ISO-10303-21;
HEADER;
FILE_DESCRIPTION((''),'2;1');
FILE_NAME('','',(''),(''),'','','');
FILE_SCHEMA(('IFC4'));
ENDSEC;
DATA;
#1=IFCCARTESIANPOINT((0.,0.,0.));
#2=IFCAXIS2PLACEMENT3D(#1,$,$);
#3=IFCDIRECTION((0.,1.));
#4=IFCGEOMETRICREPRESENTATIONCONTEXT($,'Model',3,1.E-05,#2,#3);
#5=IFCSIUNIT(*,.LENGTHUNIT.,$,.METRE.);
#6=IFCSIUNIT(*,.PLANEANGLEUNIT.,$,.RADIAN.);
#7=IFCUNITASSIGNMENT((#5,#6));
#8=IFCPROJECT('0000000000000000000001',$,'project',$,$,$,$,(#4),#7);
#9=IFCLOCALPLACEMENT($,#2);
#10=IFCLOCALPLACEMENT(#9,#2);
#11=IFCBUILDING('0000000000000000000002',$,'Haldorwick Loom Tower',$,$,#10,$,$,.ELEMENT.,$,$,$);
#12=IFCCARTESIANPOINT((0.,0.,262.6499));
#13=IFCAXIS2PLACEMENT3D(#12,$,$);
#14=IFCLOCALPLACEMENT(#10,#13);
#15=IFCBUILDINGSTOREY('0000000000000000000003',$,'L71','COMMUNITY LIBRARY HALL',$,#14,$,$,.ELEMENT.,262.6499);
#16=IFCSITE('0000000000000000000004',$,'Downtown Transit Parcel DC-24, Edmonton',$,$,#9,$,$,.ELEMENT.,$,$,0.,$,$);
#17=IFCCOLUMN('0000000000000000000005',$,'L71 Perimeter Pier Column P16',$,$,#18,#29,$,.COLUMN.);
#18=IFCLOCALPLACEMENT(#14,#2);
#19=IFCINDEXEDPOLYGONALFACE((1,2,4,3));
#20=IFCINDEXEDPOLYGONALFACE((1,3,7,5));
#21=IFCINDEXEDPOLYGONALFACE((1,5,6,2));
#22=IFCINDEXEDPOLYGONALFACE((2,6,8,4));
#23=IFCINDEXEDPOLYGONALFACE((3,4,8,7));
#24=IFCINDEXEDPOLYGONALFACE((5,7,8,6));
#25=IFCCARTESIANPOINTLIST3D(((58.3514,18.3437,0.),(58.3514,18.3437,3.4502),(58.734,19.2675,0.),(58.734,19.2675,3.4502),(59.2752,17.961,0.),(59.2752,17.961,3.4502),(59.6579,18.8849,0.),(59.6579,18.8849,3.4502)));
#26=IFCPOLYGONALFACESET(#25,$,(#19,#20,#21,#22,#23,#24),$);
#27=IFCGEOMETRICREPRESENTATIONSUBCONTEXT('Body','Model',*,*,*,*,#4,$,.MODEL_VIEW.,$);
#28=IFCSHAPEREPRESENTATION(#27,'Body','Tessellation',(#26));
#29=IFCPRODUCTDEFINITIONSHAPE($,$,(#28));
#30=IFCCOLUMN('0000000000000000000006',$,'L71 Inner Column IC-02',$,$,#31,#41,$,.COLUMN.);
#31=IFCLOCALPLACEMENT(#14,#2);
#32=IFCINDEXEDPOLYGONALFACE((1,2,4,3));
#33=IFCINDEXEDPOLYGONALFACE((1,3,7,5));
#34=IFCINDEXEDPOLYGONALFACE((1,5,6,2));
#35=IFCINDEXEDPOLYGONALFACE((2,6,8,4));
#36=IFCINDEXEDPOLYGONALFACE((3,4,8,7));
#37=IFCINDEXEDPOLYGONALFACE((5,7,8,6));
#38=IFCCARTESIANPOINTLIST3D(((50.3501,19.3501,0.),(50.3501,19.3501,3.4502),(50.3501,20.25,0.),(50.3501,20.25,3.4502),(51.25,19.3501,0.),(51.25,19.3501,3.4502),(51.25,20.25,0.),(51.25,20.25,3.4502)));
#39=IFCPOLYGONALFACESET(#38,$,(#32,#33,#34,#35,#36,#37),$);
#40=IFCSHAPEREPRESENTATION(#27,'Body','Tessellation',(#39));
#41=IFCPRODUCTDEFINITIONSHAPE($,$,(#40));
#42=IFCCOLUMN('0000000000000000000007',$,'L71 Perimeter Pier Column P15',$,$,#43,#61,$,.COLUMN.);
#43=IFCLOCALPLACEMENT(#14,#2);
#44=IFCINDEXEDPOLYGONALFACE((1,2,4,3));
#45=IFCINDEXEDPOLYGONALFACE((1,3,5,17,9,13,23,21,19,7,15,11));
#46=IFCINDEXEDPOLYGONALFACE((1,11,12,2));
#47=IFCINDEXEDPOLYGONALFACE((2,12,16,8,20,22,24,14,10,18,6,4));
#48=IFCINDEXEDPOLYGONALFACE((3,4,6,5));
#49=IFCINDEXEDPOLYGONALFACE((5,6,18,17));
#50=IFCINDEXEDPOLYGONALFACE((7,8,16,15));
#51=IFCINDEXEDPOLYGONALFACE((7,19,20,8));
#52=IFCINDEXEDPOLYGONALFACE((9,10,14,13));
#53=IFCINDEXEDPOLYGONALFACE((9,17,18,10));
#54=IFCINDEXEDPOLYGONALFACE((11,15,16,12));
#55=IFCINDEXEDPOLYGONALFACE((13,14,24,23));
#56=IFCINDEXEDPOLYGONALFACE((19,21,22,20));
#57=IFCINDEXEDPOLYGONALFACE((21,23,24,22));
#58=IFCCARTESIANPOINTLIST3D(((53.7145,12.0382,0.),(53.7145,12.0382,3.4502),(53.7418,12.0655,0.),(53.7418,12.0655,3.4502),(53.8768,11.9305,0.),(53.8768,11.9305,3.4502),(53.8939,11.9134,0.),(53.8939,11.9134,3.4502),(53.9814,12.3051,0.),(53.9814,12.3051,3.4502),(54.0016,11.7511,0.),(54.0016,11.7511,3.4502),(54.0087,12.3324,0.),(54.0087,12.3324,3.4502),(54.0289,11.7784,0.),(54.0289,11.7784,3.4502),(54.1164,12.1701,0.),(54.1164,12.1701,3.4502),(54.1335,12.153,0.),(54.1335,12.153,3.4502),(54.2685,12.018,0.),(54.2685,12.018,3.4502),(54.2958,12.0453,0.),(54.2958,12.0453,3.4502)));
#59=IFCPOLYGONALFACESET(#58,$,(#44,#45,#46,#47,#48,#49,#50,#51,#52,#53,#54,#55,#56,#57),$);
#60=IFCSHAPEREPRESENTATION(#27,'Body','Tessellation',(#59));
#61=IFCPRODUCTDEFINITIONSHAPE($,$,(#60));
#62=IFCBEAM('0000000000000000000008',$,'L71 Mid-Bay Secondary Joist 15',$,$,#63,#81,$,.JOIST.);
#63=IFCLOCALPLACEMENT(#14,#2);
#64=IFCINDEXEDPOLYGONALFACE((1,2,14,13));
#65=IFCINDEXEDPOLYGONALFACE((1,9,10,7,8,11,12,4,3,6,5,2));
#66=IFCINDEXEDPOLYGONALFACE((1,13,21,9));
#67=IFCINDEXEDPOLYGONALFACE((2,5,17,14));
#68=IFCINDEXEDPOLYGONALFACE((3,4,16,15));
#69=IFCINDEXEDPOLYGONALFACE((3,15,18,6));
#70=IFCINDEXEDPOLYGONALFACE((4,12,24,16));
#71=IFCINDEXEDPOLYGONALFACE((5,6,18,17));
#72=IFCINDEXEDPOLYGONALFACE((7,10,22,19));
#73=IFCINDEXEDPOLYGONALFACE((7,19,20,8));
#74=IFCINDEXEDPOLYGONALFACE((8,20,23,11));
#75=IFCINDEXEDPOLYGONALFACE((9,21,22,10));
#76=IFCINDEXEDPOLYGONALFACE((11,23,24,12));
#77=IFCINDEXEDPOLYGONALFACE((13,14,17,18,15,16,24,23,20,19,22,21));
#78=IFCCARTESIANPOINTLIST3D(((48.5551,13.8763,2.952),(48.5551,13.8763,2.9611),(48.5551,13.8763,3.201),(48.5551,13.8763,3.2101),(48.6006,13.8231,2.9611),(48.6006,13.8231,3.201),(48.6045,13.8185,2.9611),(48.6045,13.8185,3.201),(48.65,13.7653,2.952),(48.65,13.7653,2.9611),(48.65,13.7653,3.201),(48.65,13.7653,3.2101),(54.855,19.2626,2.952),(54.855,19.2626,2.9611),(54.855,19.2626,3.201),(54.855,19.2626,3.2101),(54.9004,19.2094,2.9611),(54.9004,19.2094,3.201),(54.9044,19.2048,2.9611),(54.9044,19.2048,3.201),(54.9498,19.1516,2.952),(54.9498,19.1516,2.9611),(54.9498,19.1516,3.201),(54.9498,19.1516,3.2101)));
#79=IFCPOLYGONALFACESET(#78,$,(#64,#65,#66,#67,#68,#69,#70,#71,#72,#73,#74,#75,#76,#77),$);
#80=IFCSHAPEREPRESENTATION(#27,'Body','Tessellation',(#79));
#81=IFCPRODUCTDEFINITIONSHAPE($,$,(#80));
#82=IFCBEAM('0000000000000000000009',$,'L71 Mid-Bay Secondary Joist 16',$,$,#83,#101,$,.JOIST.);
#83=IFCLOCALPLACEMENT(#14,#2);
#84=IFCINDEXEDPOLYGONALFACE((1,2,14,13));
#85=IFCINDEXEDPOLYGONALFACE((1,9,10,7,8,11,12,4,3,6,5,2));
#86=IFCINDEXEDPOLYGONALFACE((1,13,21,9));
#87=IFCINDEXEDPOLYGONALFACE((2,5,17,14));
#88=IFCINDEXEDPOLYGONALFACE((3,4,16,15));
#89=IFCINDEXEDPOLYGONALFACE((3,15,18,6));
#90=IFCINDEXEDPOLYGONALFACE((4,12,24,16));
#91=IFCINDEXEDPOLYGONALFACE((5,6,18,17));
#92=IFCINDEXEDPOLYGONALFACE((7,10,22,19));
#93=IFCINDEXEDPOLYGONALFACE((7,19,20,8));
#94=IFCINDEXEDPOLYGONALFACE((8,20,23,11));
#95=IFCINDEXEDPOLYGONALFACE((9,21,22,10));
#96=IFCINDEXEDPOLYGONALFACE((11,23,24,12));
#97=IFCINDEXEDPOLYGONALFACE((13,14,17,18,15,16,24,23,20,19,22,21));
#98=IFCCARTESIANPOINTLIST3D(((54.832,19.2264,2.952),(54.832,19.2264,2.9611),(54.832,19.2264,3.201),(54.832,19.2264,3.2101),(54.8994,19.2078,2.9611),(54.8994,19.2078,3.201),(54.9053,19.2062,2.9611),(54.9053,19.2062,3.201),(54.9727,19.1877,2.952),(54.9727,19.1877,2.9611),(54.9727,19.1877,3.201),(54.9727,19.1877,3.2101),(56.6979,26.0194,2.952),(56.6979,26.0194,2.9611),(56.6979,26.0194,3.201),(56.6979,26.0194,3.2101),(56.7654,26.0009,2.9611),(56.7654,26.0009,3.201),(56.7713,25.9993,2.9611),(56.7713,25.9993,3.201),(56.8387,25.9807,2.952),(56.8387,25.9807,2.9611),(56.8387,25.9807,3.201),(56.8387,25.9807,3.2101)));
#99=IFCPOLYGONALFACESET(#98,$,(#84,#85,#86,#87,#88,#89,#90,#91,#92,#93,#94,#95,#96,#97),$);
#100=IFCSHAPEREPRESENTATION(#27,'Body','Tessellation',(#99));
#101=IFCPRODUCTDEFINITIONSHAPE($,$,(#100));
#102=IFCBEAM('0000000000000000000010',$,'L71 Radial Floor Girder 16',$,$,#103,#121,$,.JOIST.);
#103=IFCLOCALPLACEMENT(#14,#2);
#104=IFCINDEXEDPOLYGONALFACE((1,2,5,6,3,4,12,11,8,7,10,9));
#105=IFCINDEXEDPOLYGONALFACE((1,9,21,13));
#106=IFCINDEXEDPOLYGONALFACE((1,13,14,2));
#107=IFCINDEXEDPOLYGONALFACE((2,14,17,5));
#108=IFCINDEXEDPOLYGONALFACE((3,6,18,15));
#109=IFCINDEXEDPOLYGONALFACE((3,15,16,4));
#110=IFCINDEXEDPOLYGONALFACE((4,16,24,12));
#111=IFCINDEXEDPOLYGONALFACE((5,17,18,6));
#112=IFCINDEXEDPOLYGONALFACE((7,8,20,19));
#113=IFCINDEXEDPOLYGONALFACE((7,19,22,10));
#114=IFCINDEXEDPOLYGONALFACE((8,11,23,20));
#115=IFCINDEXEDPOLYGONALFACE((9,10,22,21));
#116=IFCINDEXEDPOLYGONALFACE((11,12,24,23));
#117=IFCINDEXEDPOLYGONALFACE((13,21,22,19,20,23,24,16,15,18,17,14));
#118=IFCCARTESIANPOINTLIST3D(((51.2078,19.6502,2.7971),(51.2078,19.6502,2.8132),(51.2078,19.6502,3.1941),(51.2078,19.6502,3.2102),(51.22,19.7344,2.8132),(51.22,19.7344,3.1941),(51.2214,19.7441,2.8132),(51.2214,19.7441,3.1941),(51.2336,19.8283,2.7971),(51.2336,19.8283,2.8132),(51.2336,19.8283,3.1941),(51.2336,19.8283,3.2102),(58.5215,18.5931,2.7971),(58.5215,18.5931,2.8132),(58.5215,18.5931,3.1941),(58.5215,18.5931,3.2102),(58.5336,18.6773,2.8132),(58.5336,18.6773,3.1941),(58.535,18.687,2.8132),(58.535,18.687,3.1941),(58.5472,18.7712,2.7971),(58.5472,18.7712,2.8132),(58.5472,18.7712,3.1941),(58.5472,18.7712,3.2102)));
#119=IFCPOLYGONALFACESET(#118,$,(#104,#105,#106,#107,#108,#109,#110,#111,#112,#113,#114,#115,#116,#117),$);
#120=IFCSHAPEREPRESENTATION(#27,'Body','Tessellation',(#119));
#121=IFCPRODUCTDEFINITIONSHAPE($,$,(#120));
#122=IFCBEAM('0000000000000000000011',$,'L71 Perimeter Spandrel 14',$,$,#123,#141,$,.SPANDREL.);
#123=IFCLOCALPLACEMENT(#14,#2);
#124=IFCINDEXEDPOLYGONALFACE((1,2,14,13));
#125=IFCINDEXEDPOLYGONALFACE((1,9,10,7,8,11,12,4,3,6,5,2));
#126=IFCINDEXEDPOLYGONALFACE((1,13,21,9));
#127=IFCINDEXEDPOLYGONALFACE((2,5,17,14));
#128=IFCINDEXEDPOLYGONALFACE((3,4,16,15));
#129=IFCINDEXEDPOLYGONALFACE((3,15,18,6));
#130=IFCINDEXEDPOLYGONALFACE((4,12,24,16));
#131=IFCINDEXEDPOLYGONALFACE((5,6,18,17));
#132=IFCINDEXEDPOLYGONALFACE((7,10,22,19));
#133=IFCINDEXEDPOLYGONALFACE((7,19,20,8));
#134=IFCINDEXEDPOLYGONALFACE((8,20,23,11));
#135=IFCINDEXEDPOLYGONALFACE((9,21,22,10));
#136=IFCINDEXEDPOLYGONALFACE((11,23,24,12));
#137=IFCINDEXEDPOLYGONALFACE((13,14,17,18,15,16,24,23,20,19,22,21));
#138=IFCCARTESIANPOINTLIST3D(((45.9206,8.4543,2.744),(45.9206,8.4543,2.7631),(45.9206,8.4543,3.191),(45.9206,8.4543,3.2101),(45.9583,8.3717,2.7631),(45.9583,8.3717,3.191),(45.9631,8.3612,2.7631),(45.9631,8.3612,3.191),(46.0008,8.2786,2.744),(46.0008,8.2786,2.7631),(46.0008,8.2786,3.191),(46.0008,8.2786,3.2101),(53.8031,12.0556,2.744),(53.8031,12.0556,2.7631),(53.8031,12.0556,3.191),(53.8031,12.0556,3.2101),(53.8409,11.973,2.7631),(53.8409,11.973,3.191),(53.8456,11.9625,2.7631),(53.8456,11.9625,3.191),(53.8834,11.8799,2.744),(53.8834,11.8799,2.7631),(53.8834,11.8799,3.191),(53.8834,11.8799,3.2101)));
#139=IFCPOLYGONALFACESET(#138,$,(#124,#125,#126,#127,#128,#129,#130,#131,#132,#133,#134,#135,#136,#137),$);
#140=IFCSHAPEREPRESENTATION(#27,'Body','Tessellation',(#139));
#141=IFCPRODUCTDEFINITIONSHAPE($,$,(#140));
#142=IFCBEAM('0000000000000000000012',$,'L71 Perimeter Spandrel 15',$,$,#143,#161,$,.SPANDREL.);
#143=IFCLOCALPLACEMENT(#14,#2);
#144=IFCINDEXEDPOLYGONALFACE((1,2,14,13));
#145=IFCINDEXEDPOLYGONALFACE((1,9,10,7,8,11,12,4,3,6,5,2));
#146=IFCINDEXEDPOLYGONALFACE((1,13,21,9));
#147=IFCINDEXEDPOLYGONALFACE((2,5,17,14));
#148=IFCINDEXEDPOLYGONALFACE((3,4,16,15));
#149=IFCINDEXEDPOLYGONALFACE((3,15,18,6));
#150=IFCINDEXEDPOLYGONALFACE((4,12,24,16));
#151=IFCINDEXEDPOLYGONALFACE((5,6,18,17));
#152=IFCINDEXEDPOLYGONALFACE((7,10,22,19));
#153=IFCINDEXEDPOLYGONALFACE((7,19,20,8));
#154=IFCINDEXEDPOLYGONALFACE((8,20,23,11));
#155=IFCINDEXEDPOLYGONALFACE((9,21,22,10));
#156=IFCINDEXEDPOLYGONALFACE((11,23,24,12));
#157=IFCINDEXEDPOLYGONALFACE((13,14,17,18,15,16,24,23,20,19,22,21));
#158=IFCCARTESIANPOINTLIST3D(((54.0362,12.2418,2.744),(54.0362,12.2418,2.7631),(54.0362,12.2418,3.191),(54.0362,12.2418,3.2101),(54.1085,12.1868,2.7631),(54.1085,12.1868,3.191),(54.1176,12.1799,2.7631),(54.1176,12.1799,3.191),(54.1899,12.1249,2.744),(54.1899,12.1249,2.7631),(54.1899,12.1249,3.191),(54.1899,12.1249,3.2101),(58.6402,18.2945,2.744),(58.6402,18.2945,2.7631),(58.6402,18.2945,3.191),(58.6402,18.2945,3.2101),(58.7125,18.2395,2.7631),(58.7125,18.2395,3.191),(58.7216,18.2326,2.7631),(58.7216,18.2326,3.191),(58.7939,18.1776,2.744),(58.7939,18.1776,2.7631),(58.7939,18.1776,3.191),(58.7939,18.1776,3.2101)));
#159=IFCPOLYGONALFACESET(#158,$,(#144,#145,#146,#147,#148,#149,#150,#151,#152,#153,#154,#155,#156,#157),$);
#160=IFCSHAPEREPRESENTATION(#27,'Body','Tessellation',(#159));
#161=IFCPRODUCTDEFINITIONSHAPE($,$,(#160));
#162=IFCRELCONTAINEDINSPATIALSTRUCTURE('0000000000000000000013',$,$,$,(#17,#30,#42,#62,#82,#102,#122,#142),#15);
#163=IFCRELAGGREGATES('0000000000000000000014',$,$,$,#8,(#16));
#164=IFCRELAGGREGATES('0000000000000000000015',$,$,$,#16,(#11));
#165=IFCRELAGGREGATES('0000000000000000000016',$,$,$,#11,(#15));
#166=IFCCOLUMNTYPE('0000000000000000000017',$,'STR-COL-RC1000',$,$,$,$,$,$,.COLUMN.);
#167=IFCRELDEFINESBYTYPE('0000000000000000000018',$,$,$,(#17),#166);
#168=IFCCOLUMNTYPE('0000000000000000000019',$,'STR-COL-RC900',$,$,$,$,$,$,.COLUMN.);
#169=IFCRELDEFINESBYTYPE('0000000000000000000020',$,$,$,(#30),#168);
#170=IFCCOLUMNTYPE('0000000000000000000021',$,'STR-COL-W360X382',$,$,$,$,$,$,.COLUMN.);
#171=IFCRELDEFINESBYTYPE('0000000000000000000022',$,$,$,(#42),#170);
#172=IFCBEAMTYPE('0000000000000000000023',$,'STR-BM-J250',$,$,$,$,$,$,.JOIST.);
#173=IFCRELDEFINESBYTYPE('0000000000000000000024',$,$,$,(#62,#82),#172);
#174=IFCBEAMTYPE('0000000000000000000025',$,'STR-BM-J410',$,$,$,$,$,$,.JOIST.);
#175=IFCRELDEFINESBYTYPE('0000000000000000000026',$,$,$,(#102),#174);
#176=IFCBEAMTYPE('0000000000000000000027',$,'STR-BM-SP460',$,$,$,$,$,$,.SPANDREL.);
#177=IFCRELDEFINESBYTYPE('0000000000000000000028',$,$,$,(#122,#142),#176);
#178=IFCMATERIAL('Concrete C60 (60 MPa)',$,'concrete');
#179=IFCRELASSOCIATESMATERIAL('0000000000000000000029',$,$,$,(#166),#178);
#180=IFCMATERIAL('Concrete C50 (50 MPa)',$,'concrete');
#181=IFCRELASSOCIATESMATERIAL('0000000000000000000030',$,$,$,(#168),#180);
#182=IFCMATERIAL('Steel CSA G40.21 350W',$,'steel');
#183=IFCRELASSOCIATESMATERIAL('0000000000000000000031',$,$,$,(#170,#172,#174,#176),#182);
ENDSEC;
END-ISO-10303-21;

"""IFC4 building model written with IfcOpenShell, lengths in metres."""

from ifc_helpers import new_model, si_unit, direction, frame, origin, origin_2d, place, context, subcontext, project, spatial, rectangle, i_section, extrude, material, material_profile, profile_set, type_object, element, save


model = new_model("IFC4")

# Units and contexts
model_context = context("Model", 3, precision=1e-05, world=origin(), true_north=direction((0.0, 1.0)))
body_context = subcontext(model_context, "Body", "Model", "MODEL_VIEW")
ifc_project = project(units=[si_unit("LENGTHUNIT", "METRE"), si_unit("PLANEANGLEUNIT", "RADIAN")], contexts=[model_context])

# Site, building, storey
site_placement = place(None, origin())
site = spatial("IfcSite", under=ifc_project, at=site_placement, Name="Downtown Transit Parcel DC-24, Edmonton", CompositionType="ELEMENT", RefElevation=0.0)
building_placement = place(site_placement, origin())
building = spatial("IfcBuilding", under=site, at=building_placement, Name="Haldorwick Loom Tower", CompositionType="ELEMENT")
storey_placement = place(building_placement, frame((0.0, 0.0, 262.6499)))
storey = spatial("IfcBuildingStorey", under=building, at=storey_placement, Name="L71", Description="COMMUNITY LIBRARY HALL", CompositionType="ELEMENT", Elevation=262.6499)

# Columns
ifc_material_1 = material(Name="Concrete C60 (60 MPa)", Category="concrete")
ifc_material_profile_1 = material_profile(ifc_material_1, rectangle(XDim=1.0, YDim=1.0, at=origin_2d()), Name="RC1000X1000", Category="concrete")
ifc_profile_set_1 = profile_set([ifc_material_profile_1], Name="Concrete C60 (60 MPa)")
column_type_1 = type_object("IfcColumnType", Name="STR-COL-RC1000", PredefinedType="COLUMN", material=ifc_profile_set_1)
column_1_placement = place(storey_placement, frame((59.0046, 18.6143, 0.0), z_axis=(0.0, 0.0, 1.0), x_axis=(0.92388, -0.382683, 0.0)))
element("IfcColumn", 1, at=column_1_placement, inside=storey, type_object=column_type_1, Name="L71 Perimeter Pier Column P16", PredefinedType="COLUMN", context=body_context, shape_type="SweptSolid", body=[
    extrude(rectangle(XDim=1.0, YDim=1.0, at=origin_2d()), origin(), (0.0, 0.0, 1.0), 3.4502),
])
ifc_material_2 = material(Name="Concrete C50 (50 MPa)", Category="concrete")
ifc_material_profile_2 = material_profile(ifc_material_2, rectangle(XDim=0.8999, YDim=0.8999, at=origin_2d()), Name="RC900X900", Category="concrete")
ifc_profile_set_2 = profile_set([ifc_material_profile_2], Name="Concrete C50 (50 MPa)")
column_type_2 = type_object("IfcColumnType", Name="STR-COL-RC900", PredefinedType="COLUMN", material=ifc_profile_set_2)
column_2_placement = place(storey_placement, frame((50.8, 19.8, 0.0), z_axis=(0.0, 0.0, 1.0), x_axis=(1.0, 0.0, 0.0)))
element("IfcColumn", 2, at=column_2_placement, inside=storey, type_object=column_type_2, Name="L71 Inner Column IC-02", PredefinedType="COLUMN", context=body_context, shape_type="SweptSolid", body=[
    extrude(rectangle(XDim=0.8999, YDim=0.8999, at=origin_2d()), origin(), (0.0, 0.0, 1.0), 3.4502),
])
ifc_material_3 = material(Name="Steel CSA G40.21 350W", Category="steel")
ifc_material_profile_3 = material_profile(ifc_material_3, i_section(OverallWidth=0.406, OverallDepth=0.416, WebThickness=0.0242, FlangeThickness=0.0386, at=origin_2d()), Name="W360X382", Category="steel")
ifc_profile_set_3 = profile_set([ifc_material_profile_3], Name="Steel CSA G40.21 350W")
column_type_3 = type_object("IfcColumnType", Name="STR-COL-W360X382", PredefinedType="COLUMN", material=ifc_profile_set_3)
column_3_placement = place(storey_placement, frame((54.0051, 12.0417, 0.0), z_axis=(0.0, 0.0, 1.0), x_axis=(0.707107, -0.707107, 0.0)))
element("IfcColumn", 3, at=column_3_placement, inside=storey, type_object=column_type_3, Name="L71 Perimeter Pier Column P15", PredefinedType="COLUMN", context=body_context, shape_type="SweptSolid", body=[
    extrude(i_section(OverallWidth=0.406, OverallDepth=0.416, WebThickness=0.0242, FlangeThickness=0.0386, at=origin_2d()), origin(), (0.0, 0.0, 1.0), 3.4502),
])

# Beams
ifc_material_profile_4 = material_profile(ifc_material_3, i_section(OverallWidth=0.146, OverallDepth=0.2581, WebThickness=0.0061, FlangeThickness=0.009, at=origin_2d()), Name="W250X33", Category="steel")
ifc_profile_set_4 = profile_set([ifc_material_profile_4], Name="Steel CSA G40.21 350W")
beam_type_1 = type_object("IfcBeamType", Name="STR-BM-J250", PredefinedType="JOIST", material=ifc_profile_set_4)
beam_1_placement = place(storey_placement, frame((48.6025, 13.8208, 3.0811), z_axis=(0.760067, 0.649845, 0.0), x_axis=(-0.649845, 0.760067, 0.0)))
element("IfcBeam", 4, at=beam_1_placement, inside=storey, type_object=beam_type_1, Name="L71 Mid-Bay Secondary Joist 15", PredefinedType="JOIST", context=body_context, shape_type="SweptSolid", body=[
    extrude(i_section(OverallWidth=0.146, OverallDepth=0.2581, WebThickness=0.0061, FlangeThickness=0.009, at=origin_2d()), origin(), (0.0, 0.0, 1.0), 8.2886),
])
beam_2_placement = place(storey_placement, frame((54.9023, 19.207, 3.0811), z_axis=(0.264879, 0.964282, 0.0), x_axis=(-0.964282, 0.264879, 0.0)))
element("IfcBeam", 5, at=beam_2_placement, inside=storey, type_object=beam_type_1, Name="L71 Mid-Bay Secondary Joist 16", PredefinedType="JOIST", context=body_context, shape_type="SweptSolid", body=[
    extrude(i_section(OverallWidth=0.146, OverallDepth=0.2581, WebThickness=0.0061, FlangeThickness=0.009, at=origin_2d()), origin(), (0.0, 0.0, 1.0), 7.0447),
])
ifc_material_profile_5 = material_profile(ifc_material_3, i_section(OverallWidth=0.1799, OverallDepth=0.4131, WebThickness=0.0098, FlangeThickness=0.0161, at=origin_2d()), Name="W410X74", Category="steel")
ifc_profile_set_5 = profile_set([ifc_material_profile_5], Name="Steel CSA G40.21 350W")
beam_type_2 = type_object("IfcBeamType", Name="STR-BM-J410", PredefinedType="JOIST", material=ifc_profile_set_5)
beam_3_placement = place(storey_placement, frame((51.2207, 19.7393, 3.0037), z_axis=(0.989715, -0.143054, 0.0), x_axis=(0.143054, 0.989715, 0.0)))
element("IfcBeam", 6, at=beam_3_placement, inside=storey, type_object=beam_type_2, Name="L71 Radial Floor Girder 16", PredefinedType="JOIST", context=body_context, shape_type="SweptSolid", body=[
    extrude(i_section(OverallWidth=0.1799, OverallDepth=0.4131, WebThickness=0.0098, FlangeThickness=0.0161, at=origin_2d()), origin(), (0.0, 0.0, 1.0), 7.3896),
])
ifc_material_profile_6 = material_profile(ifc_material_3, i_section(OverallWidth=0.1931, OverallDepth=0.4661, WebThickness=0.0115, FlangeThickness=0.019, at=origin_2d()), Name="W460X97", Category="steel")
ifc_profile_set_6 = profile_set([ifc_material_profile_6], Name="Steel CSA G40.21 350W")
beam_type_3 = type_object("IfcBeamType", Name="STR-BM-SP460", PredefinedType="SPANDREL", material=ifc_profile_set_6)
beam_4_placement = place(storey_placement, frame((45.9607, 8.3665, 2.9771), z_axis=(0.909568, 0.415555, 0.0), x_axis=(-0.415555, 0.909568, 0.0)))
element("IfcBeam", 7, at=beam_4_placement, inside=storey, type_object=beam_type_3, Name="L71 Perimeter Spandrel 14", PredefinedType="SPANDREL", context=body_context, shape_type="SweptSolid", body=[
    extrude(i_section(OverallWidth=0.1931, OverallDepth=0.4661, WebThickness=0.0115, FlangeThickness=0.019, at=origin_2d()), origin(), (0.0, 0.0, 1.0), 8.6663),
])
beam_5_placement = place(storey_placement, frame((54.113, 12.1833, 2.9771), z_axis=(0.60541, 0.795913, 0.0), x_axis=(-0.795913, 0.60541, 0.0)))
element("IfcBeam", 8, at=beam_5_placement, inside=storey, type_object=beam_type_3, Name="L71 Perimeter Spandrel 15", PredefinedType="SPANDREL", context=body_context, shape_type="SweptSolid", body=[
    extrude(i_section(OverallWidth=0.1931, OverallDepth=0.4661, WebThickness=0.0115, FlangeThickness=0.019, at=origin_2d()), origin(), (0.0, 0.0, 1.0), 7.6047),
])

save(model, "model.ifc")
